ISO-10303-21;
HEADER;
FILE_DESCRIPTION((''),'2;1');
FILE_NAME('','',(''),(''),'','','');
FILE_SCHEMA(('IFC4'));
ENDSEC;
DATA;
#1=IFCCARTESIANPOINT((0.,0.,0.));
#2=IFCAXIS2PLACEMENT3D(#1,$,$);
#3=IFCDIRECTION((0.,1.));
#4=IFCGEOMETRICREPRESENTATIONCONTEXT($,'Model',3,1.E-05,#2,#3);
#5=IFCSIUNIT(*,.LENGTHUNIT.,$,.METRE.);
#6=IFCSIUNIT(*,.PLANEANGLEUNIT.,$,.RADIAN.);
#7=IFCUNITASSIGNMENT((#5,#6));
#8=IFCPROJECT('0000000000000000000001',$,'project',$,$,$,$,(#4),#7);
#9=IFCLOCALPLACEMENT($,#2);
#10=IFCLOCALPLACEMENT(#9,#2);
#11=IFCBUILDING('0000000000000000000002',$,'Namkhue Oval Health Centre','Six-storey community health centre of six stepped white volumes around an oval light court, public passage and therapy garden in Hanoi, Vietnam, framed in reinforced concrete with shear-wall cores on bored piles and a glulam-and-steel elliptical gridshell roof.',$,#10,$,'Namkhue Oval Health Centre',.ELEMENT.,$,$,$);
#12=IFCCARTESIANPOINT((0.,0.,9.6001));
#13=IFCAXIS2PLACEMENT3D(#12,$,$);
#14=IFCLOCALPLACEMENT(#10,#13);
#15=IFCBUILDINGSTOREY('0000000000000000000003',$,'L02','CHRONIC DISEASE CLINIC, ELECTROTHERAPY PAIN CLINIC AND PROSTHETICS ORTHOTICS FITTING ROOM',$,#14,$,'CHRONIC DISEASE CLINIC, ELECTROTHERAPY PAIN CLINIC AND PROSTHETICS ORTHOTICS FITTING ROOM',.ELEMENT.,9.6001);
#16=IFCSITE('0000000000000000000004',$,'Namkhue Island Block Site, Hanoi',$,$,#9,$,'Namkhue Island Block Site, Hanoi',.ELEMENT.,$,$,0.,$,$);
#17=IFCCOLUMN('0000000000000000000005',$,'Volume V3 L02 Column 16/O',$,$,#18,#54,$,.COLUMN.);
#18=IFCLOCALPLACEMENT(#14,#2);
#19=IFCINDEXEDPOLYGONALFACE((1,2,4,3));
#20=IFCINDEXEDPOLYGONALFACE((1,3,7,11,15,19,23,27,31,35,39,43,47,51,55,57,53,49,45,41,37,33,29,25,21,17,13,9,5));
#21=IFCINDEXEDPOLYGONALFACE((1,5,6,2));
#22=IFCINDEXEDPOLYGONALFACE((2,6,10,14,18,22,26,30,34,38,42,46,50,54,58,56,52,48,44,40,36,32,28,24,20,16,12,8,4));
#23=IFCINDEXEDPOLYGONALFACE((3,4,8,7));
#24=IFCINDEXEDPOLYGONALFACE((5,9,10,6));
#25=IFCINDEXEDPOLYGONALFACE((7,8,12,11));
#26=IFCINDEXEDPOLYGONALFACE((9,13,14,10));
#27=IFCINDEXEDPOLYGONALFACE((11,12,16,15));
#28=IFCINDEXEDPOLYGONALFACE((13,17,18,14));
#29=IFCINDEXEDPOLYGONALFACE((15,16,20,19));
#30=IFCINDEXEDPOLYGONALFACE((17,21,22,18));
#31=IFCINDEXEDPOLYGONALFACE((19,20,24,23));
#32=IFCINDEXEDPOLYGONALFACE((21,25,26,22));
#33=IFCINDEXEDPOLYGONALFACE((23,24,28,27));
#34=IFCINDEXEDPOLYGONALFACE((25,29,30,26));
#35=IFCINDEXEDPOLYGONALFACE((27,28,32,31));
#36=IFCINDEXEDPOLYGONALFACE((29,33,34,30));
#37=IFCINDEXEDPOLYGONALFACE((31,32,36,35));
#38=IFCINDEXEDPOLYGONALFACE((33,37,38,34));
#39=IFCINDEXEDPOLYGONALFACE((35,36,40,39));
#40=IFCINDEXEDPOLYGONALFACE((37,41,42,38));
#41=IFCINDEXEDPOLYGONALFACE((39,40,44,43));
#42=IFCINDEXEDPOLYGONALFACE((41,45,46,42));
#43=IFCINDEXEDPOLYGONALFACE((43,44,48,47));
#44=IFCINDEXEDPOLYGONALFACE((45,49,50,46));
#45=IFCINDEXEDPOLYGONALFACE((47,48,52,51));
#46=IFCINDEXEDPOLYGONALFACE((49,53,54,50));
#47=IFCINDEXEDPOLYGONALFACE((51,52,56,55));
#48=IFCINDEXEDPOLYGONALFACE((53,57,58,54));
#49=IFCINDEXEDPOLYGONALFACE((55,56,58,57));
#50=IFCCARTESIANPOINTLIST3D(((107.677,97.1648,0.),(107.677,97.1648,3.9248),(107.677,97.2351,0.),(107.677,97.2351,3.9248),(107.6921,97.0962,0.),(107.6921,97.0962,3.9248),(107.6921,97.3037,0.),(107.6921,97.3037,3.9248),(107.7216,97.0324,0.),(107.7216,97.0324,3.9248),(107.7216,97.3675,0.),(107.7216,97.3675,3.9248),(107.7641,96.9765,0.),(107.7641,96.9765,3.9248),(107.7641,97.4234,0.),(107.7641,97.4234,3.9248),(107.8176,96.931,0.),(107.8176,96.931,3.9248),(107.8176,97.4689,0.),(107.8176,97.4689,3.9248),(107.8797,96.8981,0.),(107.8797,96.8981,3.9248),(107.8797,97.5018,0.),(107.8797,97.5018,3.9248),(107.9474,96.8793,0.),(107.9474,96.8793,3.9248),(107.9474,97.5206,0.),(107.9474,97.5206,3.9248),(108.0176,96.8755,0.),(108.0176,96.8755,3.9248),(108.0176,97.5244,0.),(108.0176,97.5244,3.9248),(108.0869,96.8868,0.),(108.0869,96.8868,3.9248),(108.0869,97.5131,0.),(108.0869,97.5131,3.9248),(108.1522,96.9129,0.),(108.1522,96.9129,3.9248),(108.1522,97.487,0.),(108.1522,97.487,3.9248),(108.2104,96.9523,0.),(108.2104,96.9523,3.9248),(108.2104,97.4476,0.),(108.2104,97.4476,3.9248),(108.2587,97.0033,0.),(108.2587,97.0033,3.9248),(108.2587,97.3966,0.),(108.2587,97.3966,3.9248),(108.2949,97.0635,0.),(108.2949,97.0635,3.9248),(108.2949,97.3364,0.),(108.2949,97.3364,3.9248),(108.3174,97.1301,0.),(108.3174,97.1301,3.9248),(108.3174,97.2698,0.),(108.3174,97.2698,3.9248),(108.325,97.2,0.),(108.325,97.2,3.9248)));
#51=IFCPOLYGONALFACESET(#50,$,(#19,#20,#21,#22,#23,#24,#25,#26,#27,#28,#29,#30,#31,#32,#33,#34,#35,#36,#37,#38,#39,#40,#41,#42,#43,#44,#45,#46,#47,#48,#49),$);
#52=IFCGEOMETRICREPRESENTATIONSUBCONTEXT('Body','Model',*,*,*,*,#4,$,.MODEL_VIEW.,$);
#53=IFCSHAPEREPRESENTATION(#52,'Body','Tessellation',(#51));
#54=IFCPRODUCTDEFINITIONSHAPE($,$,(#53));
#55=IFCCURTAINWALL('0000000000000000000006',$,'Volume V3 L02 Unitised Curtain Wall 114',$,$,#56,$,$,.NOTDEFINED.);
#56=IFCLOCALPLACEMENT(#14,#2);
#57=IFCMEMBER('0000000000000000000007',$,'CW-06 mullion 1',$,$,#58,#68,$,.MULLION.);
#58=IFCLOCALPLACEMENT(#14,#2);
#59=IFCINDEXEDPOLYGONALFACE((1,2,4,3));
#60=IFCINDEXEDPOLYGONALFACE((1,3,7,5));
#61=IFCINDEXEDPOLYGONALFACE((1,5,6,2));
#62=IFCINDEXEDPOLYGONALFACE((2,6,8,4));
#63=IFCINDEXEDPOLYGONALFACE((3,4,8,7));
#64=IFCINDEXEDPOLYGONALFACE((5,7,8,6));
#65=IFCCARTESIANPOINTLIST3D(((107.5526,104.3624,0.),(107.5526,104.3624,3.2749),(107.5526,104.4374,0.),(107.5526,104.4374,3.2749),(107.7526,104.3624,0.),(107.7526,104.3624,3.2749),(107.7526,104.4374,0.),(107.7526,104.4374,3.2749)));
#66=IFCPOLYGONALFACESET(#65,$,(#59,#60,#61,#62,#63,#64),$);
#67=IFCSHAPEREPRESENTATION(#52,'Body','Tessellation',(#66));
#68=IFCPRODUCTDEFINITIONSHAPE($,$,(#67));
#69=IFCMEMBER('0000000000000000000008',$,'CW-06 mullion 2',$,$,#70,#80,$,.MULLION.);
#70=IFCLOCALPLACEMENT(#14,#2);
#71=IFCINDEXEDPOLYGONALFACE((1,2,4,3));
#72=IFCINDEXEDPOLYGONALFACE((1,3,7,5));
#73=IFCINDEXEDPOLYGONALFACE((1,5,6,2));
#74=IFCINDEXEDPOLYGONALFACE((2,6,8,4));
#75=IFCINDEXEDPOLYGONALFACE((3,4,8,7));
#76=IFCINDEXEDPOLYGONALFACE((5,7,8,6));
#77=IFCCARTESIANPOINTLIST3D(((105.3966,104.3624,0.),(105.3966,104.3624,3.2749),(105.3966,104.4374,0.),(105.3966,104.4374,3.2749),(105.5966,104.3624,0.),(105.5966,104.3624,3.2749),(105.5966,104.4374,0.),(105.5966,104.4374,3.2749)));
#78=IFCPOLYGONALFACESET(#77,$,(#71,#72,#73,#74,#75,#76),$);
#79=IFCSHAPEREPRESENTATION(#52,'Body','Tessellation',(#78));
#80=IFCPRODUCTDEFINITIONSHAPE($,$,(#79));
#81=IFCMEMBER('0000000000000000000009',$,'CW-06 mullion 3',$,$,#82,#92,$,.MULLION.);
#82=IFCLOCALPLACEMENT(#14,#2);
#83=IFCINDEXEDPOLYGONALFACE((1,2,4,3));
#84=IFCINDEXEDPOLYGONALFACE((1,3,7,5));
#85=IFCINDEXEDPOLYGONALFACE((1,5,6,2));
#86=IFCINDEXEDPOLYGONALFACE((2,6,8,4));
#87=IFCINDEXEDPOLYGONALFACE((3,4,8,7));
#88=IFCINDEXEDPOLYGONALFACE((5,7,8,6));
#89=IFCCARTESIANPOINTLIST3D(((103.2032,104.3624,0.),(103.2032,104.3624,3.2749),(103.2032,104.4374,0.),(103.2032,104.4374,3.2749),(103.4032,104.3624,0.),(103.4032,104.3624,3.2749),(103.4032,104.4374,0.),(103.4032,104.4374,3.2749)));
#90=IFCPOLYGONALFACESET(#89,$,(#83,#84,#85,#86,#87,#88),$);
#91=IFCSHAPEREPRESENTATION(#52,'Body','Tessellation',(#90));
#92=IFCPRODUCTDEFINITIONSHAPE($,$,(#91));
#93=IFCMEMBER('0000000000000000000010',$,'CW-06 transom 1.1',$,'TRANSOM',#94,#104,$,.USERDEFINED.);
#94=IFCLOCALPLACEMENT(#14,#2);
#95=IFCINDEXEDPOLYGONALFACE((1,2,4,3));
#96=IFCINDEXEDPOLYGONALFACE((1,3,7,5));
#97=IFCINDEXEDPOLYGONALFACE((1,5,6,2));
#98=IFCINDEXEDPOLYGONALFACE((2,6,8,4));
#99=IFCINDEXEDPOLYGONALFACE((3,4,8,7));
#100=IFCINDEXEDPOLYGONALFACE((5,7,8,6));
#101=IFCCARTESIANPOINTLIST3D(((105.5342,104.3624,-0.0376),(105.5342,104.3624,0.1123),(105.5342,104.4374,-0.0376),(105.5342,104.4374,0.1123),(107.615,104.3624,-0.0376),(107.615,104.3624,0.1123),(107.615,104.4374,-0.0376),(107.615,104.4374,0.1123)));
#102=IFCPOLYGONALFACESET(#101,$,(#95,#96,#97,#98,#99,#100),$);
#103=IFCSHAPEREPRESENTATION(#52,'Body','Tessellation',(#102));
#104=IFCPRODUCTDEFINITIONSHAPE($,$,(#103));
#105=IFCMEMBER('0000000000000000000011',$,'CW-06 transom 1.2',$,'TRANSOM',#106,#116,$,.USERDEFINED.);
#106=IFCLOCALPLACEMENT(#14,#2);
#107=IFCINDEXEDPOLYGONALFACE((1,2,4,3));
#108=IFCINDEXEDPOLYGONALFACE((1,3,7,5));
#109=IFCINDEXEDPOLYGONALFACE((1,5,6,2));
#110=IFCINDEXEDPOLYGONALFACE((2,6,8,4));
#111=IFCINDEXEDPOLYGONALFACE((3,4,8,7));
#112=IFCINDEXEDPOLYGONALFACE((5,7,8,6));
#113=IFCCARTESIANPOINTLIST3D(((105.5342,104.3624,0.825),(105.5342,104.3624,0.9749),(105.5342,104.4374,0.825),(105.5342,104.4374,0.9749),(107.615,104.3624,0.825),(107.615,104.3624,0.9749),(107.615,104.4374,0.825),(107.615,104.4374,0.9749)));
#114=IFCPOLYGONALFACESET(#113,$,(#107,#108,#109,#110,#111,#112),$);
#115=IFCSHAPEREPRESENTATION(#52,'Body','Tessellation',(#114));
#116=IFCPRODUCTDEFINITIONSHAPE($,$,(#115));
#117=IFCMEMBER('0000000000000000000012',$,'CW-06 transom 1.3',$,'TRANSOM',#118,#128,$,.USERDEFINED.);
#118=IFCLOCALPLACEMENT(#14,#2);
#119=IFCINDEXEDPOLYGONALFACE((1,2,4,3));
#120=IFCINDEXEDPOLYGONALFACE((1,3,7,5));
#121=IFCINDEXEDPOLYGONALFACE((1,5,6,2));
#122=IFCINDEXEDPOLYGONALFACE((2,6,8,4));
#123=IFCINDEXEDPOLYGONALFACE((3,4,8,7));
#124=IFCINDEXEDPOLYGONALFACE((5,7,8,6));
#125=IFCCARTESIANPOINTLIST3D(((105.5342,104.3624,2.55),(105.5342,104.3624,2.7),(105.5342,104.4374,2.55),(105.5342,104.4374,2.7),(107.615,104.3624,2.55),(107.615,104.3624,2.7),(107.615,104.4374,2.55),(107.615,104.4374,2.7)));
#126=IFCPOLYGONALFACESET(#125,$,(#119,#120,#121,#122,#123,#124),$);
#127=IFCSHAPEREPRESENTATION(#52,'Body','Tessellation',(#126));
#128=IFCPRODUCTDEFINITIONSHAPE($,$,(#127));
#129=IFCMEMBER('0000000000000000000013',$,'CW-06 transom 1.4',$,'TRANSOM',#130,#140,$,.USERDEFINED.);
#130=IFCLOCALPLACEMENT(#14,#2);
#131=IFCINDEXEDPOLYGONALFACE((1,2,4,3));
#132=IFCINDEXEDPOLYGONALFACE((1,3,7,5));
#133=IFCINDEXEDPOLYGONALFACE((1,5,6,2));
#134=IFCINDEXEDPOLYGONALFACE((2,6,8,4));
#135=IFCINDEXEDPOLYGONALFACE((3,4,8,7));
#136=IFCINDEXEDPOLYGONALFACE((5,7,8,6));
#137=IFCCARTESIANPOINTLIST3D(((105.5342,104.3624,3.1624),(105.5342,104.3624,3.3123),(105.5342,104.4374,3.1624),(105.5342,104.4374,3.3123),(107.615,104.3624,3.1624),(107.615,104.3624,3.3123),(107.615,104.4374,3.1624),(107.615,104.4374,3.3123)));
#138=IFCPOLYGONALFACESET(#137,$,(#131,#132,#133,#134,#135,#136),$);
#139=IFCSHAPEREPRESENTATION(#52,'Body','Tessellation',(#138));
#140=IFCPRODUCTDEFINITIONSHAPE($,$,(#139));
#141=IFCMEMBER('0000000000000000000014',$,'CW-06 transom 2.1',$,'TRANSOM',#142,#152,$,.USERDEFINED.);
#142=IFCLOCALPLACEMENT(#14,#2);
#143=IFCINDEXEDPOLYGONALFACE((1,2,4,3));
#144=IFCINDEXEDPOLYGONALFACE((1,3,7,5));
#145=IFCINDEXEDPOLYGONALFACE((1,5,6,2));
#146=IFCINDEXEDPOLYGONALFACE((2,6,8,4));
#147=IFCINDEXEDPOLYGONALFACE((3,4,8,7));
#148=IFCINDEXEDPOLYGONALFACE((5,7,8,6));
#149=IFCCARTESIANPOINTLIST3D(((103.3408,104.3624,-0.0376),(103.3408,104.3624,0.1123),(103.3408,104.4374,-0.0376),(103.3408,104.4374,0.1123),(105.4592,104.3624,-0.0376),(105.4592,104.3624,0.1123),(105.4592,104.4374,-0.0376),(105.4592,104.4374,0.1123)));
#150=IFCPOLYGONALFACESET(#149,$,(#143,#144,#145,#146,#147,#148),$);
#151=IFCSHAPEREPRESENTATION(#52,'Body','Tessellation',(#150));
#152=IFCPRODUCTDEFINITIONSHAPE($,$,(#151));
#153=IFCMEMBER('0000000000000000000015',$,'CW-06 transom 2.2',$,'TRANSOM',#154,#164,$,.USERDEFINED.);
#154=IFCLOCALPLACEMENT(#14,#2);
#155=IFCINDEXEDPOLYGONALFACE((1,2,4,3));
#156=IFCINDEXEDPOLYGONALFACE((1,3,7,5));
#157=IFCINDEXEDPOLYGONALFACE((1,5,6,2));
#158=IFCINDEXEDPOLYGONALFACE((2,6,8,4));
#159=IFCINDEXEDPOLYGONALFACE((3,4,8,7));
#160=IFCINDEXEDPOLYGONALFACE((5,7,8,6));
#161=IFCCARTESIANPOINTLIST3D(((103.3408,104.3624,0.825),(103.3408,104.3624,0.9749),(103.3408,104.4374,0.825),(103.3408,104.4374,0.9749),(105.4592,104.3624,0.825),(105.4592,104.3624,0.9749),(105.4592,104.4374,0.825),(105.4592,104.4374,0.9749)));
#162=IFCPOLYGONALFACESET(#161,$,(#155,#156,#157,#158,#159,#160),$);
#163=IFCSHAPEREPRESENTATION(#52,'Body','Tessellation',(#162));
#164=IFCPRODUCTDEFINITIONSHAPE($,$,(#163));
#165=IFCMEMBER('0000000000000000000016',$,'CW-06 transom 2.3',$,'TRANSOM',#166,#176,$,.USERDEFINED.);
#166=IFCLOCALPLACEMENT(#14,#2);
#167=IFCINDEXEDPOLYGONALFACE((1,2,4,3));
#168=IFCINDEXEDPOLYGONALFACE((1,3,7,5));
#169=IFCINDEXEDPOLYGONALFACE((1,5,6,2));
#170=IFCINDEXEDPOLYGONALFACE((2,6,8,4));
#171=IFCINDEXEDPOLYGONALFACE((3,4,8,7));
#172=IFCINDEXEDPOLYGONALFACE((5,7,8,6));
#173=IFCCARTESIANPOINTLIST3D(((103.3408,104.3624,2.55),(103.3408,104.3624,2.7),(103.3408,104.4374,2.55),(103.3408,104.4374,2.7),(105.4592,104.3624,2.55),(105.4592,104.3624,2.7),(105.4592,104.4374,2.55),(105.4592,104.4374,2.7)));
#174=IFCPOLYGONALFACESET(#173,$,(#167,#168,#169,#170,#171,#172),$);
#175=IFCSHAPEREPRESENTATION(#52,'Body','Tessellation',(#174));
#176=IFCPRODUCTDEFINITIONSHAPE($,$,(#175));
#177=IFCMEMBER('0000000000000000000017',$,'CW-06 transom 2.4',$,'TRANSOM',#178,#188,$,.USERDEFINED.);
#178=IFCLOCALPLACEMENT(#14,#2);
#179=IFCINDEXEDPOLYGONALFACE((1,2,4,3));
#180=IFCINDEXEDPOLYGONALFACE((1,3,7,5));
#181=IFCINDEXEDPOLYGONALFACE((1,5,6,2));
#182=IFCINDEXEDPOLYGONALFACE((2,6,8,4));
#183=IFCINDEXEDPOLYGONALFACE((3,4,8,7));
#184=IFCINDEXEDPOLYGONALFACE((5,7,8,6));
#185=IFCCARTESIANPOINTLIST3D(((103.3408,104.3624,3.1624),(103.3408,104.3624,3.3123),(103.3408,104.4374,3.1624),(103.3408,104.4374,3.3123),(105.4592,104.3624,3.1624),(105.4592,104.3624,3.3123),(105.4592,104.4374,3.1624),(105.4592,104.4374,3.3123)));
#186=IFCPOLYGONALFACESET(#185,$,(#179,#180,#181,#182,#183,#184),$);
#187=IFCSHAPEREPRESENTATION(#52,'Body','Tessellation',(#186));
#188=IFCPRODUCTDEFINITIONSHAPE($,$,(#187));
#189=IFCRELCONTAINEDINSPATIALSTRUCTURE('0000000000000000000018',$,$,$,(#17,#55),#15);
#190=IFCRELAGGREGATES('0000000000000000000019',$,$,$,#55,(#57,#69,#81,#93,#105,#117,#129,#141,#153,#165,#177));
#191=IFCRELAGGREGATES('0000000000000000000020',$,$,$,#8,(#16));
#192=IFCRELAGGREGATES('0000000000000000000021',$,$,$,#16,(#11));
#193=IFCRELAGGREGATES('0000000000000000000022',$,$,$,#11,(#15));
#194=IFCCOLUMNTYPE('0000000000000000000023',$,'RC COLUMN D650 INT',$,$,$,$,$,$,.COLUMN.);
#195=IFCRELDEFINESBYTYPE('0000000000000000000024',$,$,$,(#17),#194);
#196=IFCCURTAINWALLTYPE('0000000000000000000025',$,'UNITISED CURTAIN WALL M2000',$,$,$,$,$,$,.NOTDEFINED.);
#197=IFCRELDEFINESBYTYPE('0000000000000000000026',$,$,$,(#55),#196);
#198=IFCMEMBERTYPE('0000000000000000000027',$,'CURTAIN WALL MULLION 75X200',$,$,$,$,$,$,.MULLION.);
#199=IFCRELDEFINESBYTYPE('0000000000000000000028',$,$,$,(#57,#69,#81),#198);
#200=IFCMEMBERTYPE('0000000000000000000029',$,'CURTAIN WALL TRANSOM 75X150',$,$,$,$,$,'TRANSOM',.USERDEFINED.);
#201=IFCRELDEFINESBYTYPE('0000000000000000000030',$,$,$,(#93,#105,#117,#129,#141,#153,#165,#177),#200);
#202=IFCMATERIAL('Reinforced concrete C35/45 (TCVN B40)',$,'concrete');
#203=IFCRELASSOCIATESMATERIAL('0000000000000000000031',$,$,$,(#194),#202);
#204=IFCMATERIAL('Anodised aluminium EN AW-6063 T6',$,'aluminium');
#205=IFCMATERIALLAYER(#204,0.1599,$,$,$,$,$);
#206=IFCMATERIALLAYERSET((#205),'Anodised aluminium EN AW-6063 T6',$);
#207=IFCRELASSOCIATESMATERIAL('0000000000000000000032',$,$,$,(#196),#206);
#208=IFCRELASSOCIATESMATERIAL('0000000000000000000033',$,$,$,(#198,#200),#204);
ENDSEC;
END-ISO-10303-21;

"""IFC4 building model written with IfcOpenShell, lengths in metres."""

from ifc_helpers import new_model, si_unit, direction, frame, origin, origin_2d, place, context, subcontext, project, spatial, rectangle, circle, extrude, material, layer, layer_set, material_profile, profile_set, type_object, element, aggregate, save


model = new_model("IFC4")

# Units and contexts
model_context = context("Model", 3, precision=1e-05, world=origin(), true_north=direction((0.0, 1.0)))
body_context = subcontext(model_context, "Body", "Model", "MODEL_VIEW")
ifc_project = project(units=[si_unit("LENGTHUNIT", "METRE"), si_unit("PLANEANGLEUNIT", "RADIAN")], contexts=[model_context])

# Site, building, storey
site_placement = place(None, origin())
site = spatial("IfcSite", under=ifc_project, at=site_placement, Name="Namkhue Island Block Site, Hanoi", LongName="Namkhue Island Block Site, Hanoi", CompositionType="ELEMENT", RefElevation=0.0)
building_placement = place(site_placement, origin())
building = spatial("IfcBuilding", under=site, at=building_placement, Name="Namkhue Oval Health Centre", Description="Six-storey community health centre of six stepped white volumes around an oval light court, public passage and therapy garden in Hanoi, Vietnam, framed in reinforced concrete with shear-wall cores on bored piles and a glulam-and-steel elliptical gridshell roof.", LongName="Namkhue Oval Health Centre", CompositionType="ELEMENT")
storey_placement = place(building_placement, frame((0.0, 0.0, 9.6001)))
storey = spatial("IfcBuildingStorey", under=building, at=storey_placement, Name="L02", Description="CHRONIC DISEASE CLINIC, ELECTROTHERAPY PAIN CLINIC AND PROSTHETICS ORTHOTICS FITTING ROOM", LongName="CHRONIC DISEASE CLINIC, ELECTROTHERAPY PAIN CLINIC AND PROSTHETICS ORTHOTICS FITTING ROOM", CompositionType="ELEMENT", Elevation=9.6001)

# Column
ifc_material_1 = material(Name="Reinforced concrete C35/45 (TCVN B40)", Category="concrete")
ifc_material_profile_1 = material_profile(ifc_material_1, circle(Radius=0.325, at=origin_2d()), Name="RC D650")
ifc_profile_set_1 = profile_set([ifc_material_profile_1], Name="Reinforced concrete C35/45 (TCVN B40)")
column_type = type_object("IfcColumnType", Name="RC COLUMN D650 INT", PredefinedType="COLUMN", material=ifc_profile_set_1)
column_placement = place(storey_placement, frame((108.0, 97.2, 0.0), z_axis=(0.0, 0.0, 1.0), x_axis=(1.0, 0.0, 0.0)))
element("IfcColumn", 1, at=column_placement, inside=storey, type_object=column_type, Name="Volume V3 L02 Column 16/O", PredefinedType="COLUMN", context=body_context, shape_type="SweptSolid", body=[
    extrude(circle(Radius=0.325, at=origin_2d()), origin(), (0.0, 0.0, 1.0), 3.9248),
])

# Curtain wall, members
ifc_material_2 = material(Name="Anodised aluminium EN AW-6063 T6", Category="aluminium")
ifc_layer_1 = layer(ifc_material_2, 0.1599)
ifc_layer_set_1 = layer_set([ifc_layer_1], Name="Anodised aluminium EN AW-6063 T6")
curtain_wall_type = type_object("IfcCurtainWallType", Name="UNITISED CURTAIN WALL M2000", PredefinedType="NOTDEFINED", material=ifc_layer_set_1)
curtain_wall_placement = place(storey_placement, origin())
curtain_wall = element("IfcCurtainWall", 2, at=curtain_wall_placement, inside=storey, type_object=curtain_wall_type, Name="Volume V3 L02 Unitised Curtain Wall 114", PredefinedType="NOTDEFINED")
ifc_material_profile_2 = material_profile(ifc_material_2, rectangle(XDim=0.075, YDim=0.2, at=origin_2d()), Name="ALU 75x200")
ifc_profile_set_2 = profile_set([ifc_material_profile_2], Name="Anodised aluminium EN AW-6063 T6")
member_type_1 = type_object("IfcMemberType", Name="CURTAIN WALL MULLION 75X200", PredefinedType="MULLION", material=ifc_profile_set_2)
member_1_placement = place(storey_placement, frame((107.6526, 104.3999, 0.0), z_axis=(0.0, 0.0, 1.0), x_axis=(0.0, -1.0, 0.0)))
member_1 = element("IfcMember", 3, at=member_1_placement, type_object=member_type_1, Name="CW-06 mullion 1", PredefinedType="MULLION", context=body_context, shape_type="SweptSolid", body=[
    extrude(rectangle(XDim=0.075, YDim=0.2, at=origin_2d()), origin(), (0.0, 0.0, 1.0), 3.2749),
])
member_2_placement = place(storey_placement, frame((105.4966, 104.3999, 0.0), z_axis=(0.0, 0.0, 1.0), x_axis=(0.0, -1.0, 0.0)))
member_2 = element("IfcMember", 4, at=member_2_placement, type_object=member_type_1, Name="CW-06 mullion 2", PredefinedType="MULLION", context=body_context, shape_type="SweptSolid", body=[
    extrude(rectangle(XDim=0.075, YDim=0.2, at=origin_2d()), origin(), (0.0, 0.0, 1.0), 3.2749),
])
member_3_placement = place(storey_placement, frame((103.3032, 104.3999, 0.0), z_axis=(0.0, 0.0, 1.0), x_axis=(0.0, -1.0, 0.0)))
member_3 = element("IfcMember", 5, at=member_3_placement, type_object=member_type_1, Name="CW-06 mullion 3", PredefinedType="MULLION", context=body_context, shape_type="SweptSolid", body=[
    extrude(rectangle(XDim=0.075, YDim=0.2, at=origin_2d()), origin(), (0.0, 0.0, 1.0), 3.2749),
])
ifc_material_profile_3 = material_profile(ifc_material_2, rectangle(XDim=0.075, YDim=0.1499, at=origin_2d()), Name="ALU 75x150")
ifc_profile_set_3 = profile_set([ifc_material_profile_3], Name="Anodised aluminium EN AW-6063 T6")
member_type_2 = type_object("IfcMemberType", Name="CURTAIN WALL TRANSOM 75X150", ElementType="TRANSOM", PredefinedType="USERDEFINED", material=ifc_profile_set_3)
member_4_placement = place(storey_placement, frame((107.615, 104.3999, 0.0374), z_axis=(-1.0, 0.0, 0.0), x_axis=(0.0, -1.0, 0.0)))
member_4 = element("IfcMember", 6, at=member_4_placement, type_object=member_type_2, Name="CW-06 transom 1.1", ObjectType="TRANSOM", PredefinedType="USERDEFINED", context=body_context, shape_type="SweptSolid", body=[
    extrude(rectangle(XDim=0.075, YDim=0.1499, at=origin_2d()), origin(), (0.0, 0.0, 1.0), 2.0808),
])
member_5_placement = place(storey_placement, frame((107.615, 104.3999, 0.8999), z_axis=(-1.0, 0.0, 0.0), x_axis=(0.0, -1.0, 0.0)))
member_5 = element("IfcMember", 7, at=member_5_placement, type_object=member_type_2, Name="CW-06 transom 1.2", ObjectType="TRANSOM", PredefinedType="USERDEFINED", context=body_context, shape_type="SweptSolid", body=[
    extrude(rectangle(XDim=0.075, YDim=0.1499, at=origin_2d()), origin(), (0.0, 0.0, 1.0), 2.0808),
])
member_6_placement = place(storey_placement, frame((107.615, 104.3999, 2.625), z_axis=(-1.0, 0.0, 0.0), x_axis=(0.0, -1.0, 0.0)))
member_6 = element("IfcMember", 8, at=member_6_placement, type_object=member_type_2, Name="CW-06 transom 1.3", ObjectType="TRANSOM", PredefinedType="USERDEFINED", context=body_context, shape_type="SweptSolid", body=[
    extrude(rectangle(XDim=0.075, YDim=0.1499, at=origin_2d()), origin(), (0.0, 0.0, 1.0), 2.0808),
])
member_7_placement = place(storey_placement, frame((107.615, 104.3999, 3.2373), z_axis=(-1.0, 0.0, 0.0), x_axis=(0.0, -1.0, 0.0)))
member_7 = element("IfcMember", 9, at=member_7_placement, type_object=member_type_2, Name="CW-06 transom 1.4", ObjectType="TRANSOM", PredefinedType="USERDEFINED", context=body_context, shape_type="SweptSolid", body=[
    extrude(rectangle(XDim=0.075, YDim=0.1499, at=origin_2d()), origin(), (0.0, 0.0, 1.0), 2.0808),
])
member_8_placement = place(storey_placement, frame((105.4592, 104.3999, 0.0374), z_axis=(-1.0, 0.0, 0.0), x_axis=(0.0, -1.0, 0.0)))
member_8 = element("IfcMember", 10, at=member_8_placement, type_object=member_type_2, Name="CW-06 transom 2.1", ObjectType="TRANSOM", PredefinedType="USERDEFINED", context=body_context, shape_type="SweptSolid", body=[
    extrude(rectangle(XDim=0.075, YDim=0.1499, at=origin_2d()), origin(), (0.0, 0.0, 1.0), 2.1184),
])
member_9_placement = place(storey_placement, frame((105.4592, 104.3999, 0.8999), z_axis=(-1.0, 0.0, 0.0), x_axis=(0.0, -1.0, 0.0)))
member_9 = element("IfcMember", 11, at=member_9_placement, type_object=member_type_2, Name="CW-06 transom 2.2", ObjectType="TRANSOM", PredefinedType="USERDEFINED", context=body_context, shape_type="SweptSolid", body=[
    extrude(rectangle(XDim=0.075, YDim=0.1499, at=origin_2d()), origin(), (0.0, 0.0, 1.0), 2.1184),
])
member_10_placement = place(storey_placement, frame((105.4592, 104.3999, 2.625), z_axis=(-1.0, 0.0, 0.0), x_axis=(0.0, -1.0, 0.0)))
member_10 = element("IfcMember", 12, at=member_10_placement, type_object=member_type_2, Name="CW-06 transom 2.3", ObjectType="TRANSOM", PredefinedType="USERDEFINED", context=body_context, shape_type="SweptSolid", body=[
    extrude(rectangle(XDim=0.075, YDim=0.1499, at=origin_2d()), origin(), (0.0, 0.0, 1.0), 2.1184),
])
member_11_placement = place(storey_placement, frame((105.4592, 104.3999, 3.2373), z_axis=(-1.0, 0.0, 0.0), x_axis=(0.0, -1.0, 0.0)))
member_11 = element("IfcMember", 13, at=member_11_placement, type_object=member_type_2, Name="CW-06 transom 2.4", ObjectType="TRANSOM", PredefinedType="USERDEFINED", context=body_context, shape_type="SweptSolid", body=[
    extrude(rectangle(XDim=0.075, YDim=0.1499, at=origin_2d()), origin(), (0.0, 0.0, 1.0), 2.1184),
])

aggregate(curtain_wall, [member_1, member_2, member_3, member_4, member_5, member_6, member_7, member_8, member_9, member_10, member_11])

save(model, "model.ifc")
